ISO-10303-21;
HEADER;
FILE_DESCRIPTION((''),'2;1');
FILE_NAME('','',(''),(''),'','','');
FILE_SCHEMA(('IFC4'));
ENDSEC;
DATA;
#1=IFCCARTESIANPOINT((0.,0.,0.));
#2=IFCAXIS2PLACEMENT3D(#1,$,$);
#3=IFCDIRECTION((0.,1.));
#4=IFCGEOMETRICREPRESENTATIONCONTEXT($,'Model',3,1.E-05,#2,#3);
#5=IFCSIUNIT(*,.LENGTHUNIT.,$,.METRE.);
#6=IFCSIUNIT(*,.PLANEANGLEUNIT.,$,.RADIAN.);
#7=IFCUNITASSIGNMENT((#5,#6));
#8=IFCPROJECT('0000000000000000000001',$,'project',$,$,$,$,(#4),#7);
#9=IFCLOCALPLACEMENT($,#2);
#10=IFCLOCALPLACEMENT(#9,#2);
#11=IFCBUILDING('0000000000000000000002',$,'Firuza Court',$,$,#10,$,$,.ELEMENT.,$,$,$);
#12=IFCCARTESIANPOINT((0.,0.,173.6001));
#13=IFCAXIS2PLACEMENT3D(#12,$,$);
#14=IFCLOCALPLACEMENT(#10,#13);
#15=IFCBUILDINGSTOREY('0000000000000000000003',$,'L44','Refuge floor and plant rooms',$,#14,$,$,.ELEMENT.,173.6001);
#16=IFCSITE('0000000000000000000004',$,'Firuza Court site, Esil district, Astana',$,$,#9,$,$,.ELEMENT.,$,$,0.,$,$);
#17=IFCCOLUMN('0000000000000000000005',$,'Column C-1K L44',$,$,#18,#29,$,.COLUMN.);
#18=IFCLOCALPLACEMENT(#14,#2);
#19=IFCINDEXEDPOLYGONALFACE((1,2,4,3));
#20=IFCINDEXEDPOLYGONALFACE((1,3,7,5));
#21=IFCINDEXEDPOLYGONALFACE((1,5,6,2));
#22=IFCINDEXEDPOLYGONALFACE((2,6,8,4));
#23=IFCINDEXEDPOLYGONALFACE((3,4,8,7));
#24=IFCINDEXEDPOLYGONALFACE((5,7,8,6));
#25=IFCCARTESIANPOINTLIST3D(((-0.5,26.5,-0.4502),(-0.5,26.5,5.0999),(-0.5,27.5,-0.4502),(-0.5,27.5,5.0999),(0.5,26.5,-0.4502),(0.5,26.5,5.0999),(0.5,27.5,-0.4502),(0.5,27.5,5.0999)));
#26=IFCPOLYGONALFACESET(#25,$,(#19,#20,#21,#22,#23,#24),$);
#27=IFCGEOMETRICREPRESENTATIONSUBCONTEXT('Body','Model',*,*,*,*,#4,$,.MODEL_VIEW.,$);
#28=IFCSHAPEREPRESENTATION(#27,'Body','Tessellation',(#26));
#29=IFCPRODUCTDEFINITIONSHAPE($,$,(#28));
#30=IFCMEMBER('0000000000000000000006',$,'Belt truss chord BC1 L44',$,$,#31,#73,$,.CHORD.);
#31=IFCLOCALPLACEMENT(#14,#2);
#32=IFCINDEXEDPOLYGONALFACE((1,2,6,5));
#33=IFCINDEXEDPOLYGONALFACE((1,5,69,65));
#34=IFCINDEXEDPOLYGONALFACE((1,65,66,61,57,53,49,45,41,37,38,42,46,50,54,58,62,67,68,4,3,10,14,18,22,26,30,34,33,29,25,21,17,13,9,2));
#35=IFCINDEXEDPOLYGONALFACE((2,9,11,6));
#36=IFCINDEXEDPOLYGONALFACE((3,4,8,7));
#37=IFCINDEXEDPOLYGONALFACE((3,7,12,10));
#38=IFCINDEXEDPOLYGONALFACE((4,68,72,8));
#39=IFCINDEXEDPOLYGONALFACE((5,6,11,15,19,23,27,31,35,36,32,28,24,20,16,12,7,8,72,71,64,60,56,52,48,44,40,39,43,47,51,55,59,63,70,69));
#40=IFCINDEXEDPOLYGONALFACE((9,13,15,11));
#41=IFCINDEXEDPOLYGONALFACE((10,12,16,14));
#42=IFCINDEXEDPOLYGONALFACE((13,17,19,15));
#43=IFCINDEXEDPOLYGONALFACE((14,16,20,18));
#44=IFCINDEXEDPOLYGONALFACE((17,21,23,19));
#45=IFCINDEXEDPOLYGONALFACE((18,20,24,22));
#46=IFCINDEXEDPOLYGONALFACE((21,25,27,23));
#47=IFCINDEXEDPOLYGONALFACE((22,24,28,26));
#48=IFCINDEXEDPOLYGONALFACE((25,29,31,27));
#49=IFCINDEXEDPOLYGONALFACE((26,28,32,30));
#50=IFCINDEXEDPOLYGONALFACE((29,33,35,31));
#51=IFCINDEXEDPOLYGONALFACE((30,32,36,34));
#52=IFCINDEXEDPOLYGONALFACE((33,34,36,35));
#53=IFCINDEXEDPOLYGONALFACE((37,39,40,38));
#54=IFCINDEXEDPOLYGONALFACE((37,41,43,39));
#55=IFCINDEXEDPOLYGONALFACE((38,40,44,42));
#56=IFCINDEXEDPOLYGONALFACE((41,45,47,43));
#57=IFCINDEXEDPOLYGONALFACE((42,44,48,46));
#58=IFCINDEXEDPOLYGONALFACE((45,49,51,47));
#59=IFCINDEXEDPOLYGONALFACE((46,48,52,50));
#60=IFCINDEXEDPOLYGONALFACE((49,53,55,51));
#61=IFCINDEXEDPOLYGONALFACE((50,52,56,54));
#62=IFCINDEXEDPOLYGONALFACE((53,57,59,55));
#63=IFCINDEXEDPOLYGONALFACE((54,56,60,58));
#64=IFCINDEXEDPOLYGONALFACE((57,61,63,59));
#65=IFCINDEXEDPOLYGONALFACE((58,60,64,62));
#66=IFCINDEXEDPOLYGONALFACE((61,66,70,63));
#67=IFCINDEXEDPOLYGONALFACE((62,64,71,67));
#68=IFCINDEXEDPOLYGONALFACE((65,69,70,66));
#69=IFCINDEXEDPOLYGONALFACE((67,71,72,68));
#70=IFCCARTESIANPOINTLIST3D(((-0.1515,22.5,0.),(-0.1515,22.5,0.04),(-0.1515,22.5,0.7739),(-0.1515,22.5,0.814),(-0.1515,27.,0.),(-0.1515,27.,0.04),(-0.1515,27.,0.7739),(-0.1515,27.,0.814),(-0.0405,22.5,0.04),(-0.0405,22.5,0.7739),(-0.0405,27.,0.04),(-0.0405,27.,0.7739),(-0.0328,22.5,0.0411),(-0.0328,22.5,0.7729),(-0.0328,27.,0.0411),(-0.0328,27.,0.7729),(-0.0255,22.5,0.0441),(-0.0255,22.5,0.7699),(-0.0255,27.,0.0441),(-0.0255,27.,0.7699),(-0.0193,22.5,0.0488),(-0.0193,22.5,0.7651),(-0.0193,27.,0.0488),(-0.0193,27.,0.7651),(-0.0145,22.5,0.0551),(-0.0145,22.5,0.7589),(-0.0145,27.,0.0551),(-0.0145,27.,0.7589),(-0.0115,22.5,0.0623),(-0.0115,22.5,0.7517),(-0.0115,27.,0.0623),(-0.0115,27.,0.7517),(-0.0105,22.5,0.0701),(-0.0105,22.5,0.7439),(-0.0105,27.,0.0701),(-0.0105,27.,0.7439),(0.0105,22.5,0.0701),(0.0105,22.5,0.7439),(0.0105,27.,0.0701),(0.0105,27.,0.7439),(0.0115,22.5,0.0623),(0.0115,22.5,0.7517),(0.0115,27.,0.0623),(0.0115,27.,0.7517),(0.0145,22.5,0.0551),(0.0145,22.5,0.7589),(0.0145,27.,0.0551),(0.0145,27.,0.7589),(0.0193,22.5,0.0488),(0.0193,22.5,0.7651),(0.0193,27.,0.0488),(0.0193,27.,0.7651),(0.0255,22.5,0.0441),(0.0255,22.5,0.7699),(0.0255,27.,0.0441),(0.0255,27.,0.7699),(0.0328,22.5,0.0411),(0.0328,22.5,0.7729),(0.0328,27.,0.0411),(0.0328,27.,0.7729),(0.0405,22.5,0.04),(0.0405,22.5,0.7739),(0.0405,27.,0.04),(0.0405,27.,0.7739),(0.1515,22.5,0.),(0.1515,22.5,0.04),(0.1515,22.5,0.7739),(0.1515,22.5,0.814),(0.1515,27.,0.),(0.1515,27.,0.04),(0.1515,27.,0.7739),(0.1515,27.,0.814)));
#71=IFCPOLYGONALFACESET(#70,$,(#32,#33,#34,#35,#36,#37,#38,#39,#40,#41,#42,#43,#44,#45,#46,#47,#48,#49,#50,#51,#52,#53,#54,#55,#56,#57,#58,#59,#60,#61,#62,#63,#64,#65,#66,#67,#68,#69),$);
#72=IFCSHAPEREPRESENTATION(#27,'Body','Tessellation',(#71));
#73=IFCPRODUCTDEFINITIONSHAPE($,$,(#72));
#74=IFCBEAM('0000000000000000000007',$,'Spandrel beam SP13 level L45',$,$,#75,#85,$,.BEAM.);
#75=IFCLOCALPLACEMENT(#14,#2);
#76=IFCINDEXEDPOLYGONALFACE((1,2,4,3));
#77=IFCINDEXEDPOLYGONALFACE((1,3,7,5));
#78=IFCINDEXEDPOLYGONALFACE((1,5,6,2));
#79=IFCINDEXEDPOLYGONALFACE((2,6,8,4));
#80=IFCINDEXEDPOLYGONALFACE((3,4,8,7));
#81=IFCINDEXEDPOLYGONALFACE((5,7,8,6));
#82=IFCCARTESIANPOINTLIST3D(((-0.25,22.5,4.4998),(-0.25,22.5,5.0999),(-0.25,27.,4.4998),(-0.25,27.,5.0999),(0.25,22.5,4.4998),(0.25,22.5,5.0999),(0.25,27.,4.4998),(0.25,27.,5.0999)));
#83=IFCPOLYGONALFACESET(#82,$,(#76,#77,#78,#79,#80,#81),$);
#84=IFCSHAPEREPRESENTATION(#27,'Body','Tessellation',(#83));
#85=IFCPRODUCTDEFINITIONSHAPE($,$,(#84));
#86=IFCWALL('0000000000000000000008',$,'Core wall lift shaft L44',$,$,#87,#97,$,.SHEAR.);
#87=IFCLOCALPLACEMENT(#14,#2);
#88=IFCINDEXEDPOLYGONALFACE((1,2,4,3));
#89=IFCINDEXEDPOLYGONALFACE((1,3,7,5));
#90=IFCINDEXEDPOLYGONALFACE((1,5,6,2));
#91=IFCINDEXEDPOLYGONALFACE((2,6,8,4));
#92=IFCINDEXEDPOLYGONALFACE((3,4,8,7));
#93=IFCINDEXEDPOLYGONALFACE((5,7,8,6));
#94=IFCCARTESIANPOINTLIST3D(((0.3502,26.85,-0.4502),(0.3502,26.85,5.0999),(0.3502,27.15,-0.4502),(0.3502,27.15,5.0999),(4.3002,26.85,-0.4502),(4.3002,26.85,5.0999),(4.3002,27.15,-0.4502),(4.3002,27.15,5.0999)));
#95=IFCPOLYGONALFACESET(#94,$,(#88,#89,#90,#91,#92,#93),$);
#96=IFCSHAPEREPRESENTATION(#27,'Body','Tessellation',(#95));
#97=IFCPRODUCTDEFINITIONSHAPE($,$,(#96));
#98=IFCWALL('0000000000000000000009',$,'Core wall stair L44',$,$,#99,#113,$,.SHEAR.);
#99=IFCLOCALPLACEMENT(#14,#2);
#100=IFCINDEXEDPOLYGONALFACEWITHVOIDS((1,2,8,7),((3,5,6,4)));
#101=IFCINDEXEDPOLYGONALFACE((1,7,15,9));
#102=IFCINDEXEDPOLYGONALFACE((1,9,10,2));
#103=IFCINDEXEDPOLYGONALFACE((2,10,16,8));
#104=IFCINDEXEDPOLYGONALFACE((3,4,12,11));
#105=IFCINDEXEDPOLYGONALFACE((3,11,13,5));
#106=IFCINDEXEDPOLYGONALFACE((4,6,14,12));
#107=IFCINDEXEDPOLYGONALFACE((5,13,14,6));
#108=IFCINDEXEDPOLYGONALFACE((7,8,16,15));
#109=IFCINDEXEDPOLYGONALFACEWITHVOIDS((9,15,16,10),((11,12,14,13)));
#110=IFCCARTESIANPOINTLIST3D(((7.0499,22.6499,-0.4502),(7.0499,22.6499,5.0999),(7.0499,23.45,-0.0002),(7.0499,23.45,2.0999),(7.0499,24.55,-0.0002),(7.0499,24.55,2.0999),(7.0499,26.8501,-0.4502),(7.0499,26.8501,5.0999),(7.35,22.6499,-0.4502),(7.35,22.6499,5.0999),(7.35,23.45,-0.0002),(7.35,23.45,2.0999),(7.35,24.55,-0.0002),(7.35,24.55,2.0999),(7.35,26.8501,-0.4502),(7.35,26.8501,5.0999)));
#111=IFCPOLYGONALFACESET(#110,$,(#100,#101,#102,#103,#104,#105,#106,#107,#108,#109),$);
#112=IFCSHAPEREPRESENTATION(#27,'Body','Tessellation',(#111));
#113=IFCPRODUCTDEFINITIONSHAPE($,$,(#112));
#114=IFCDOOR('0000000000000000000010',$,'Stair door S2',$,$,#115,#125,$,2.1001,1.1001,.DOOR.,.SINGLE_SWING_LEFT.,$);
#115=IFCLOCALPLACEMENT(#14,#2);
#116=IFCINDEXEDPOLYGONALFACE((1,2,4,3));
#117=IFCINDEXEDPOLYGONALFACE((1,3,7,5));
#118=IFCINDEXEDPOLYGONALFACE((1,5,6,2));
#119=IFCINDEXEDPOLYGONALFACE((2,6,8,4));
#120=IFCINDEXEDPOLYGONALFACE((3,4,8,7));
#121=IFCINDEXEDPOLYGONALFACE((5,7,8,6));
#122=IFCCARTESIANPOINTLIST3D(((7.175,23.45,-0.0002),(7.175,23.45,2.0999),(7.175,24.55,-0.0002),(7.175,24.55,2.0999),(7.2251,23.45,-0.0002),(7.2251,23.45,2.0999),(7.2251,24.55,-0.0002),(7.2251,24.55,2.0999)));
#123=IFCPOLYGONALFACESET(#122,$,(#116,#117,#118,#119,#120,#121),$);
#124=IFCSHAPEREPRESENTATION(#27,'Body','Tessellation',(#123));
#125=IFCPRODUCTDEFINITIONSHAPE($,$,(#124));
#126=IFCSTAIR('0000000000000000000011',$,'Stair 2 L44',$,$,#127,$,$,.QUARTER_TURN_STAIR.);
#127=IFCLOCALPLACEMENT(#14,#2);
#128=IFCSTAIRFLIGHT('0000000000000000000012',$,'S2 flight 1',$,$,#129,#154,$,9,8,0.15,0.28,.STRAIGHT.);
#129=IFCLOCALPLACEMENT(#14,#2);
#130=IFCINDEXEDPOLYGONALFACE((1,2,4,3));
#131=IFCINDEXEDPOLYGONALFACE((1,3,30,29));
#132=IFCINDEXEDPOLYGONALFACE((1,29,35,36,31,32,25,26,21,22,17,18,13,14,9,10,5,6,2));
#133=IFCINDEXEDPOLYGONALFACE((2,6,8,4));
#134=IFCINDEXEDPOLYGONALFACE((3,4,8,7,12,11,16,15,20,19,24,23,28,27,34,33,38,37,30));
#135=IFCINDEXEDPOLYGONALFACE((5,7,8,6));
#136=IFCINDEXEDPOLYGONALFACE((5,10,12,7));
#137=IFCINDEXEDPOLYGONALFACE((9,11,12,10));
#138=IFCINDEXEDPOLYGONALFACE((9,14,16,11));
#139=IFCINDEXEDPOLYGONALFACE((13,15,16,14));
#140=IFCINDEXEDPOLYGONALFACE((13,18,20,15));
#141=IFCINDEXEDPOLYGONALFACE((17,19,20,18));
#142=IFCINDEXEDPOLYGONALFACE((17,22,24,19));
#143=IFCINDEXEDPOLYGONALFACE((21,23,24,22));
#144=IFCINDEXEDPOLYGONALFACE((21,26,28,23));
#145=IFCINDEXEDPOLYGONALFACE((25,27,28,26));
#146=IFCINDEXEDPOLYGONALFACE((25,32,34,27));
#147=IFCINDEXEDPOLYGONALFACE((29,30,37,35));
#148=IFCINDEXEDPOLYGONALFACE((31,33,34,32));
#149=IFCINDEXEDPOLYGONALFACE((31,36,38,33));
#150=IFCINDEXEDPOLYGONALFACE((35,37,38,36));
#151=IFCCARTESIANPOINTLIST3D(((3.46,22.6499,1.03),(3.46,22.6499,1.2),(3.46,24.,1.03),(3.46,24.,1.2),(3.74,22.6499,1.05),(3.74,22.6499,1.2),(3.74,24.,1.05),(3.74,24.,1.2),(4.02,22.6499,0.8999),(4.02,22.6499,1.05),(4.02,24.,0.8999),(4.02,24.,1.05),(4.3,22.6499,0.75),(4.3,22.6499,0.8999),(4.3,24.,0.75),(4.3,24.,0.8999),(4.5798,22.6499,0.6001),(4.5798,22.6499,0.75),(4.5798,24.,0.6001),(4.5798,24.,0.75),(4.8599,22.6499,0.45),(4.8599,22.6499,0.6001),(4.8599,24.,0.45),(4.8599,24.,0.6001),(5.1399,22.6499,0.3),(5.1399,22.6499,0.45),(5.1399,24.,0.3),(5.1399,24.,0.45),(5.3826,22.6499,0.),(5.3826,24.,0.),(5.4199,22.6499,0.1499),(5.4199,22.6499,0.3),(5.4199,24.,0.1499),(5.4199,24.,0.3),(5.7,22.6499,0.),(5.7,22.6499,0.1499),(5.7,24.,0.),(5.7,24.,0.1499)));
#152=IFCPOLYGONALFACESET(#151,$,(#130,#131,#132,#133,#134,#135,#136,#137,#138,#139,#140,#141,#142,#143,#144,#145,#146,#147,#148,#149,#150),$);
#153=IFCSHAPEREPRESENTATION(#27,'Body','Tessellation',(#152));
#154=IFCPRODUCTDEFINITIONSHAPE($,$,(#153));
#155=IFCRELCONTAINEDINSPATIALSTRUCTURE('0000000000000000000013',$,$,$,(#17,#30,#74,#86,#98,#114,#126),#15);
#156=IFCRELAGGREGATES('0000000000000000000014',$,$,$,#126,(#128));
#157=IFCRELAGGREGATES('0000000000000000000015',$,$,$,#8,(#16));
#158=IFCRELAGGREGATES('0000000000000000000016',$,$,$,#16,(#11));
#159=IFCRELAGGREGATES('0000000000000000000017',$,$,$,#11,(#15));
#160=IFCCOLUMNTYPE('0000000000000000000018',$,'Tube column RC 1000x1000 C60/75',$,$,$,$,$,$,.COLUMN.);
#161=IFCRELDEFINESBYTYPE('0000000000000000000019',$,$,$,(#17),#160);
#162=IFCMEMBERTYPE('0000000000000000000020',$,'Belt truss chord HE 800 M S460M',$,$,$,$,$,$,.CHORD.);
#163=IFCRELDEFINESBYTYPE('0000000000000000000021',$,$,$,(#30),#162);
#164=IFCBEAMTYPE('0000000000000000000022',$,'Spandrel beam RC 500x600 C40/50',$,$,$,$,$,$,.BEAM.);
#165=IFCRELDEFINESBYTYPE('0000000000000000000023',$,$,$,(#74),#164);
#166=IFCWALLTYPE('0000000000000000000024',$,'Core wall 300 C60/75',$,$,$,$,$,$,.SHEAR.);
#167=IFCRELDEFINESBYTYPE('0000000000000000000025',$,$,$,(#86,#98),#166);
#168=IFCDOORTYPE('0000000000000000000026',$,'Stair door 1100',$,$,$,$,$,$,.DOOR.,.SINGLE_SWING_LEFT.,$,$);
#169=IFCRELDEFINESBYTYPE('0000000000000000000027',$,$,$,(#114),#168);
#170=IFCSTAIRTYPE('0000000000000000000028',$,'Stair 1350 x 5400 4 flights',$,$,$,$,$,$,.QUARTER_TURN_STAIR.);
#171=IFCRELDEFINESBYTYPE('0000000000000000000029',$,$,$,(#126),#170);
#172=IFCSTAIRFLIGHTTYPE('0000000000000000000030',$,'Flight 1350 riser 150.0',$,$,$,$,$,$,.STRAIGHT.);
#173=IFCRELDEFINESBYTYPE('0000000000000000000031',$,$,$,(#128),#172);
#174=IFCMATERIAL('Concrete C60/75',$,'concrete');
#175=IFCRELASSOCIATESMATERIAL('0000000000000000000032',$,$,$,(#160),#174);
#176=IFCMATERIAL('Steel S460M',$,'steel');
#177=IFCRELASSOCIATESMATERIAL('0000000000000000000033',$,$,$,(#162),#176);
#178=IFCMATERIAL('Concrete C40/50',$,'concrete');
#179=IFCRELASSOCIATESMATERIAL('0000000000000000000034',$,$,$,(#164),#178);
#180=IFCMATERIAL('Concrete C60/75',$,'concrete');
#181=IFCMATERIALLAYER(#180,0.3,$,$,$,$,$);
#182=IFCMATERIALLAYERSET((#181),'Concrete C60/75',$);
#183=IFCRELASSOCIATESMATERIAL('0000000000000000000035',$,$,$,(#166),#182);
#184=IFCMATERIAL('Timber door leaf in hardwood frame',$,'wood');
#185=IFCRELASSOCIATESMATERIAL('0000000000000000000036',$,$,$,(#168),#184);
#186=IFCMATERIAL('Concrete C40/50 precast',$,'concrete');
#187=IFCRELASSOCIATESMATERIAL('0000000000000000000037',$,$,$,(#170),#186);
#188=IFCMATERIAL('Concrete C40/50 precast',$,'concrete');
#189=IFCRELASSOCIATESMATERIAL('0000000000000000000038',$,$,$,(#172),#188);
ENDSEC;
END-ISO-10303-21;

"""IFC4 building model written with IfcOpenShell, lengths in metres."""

from ifc_helpers import new_model, si_unit, direction, frame, frame_2d, origin, origin_2d, place, context, subcontext, project, spatial, polyline, rectangle, i_section, outline, extrude, material, layer, layer_set, material_profile, profile_set, type_object, element, fill, aggregate, save


model = new_model("IFC4")

# Units and contexts
model_context = context("Model", 3, precision=1e-05, world=origin(), true_north=direction((0.0, 1.0)))
body_context = subcontext(model_context, "Body", "Model", "MODEL_VIEW")
ifc_project = project(units=[si_unit("LENGTHUNIT", "METRE"), si_unit("PLANEANGLEUNIT", "RADIAN")], contexts=[model_context])

# Site, building, storey
site_placement = place(None, origin())
site = spatial("IfcSite", under=ifc_project, at=site_placement, Name="Firuza Court site, Esil district, Astana", CompositionType="ELEMENT", RefElevation=0.0)
building_placement = place(site_placement, origin())
building = spatial("IfcBuilding", under=site, at=building_placement, Name="Firuza Court", CompositionType="ELEMENT")
storey_placement = place(building_placement, frame((0.0, 0.0, 173.6001)))
storey = spatial("IfcBuildingStorey", under=building, at=storey_placement, Name="L44", Description="Refuge floor and plant rooms", CompositionType="ELEMENT", Elevation=173.6001)

# Column
ifc_material_1 = material(Name="Concrete C60/75", Category="concrete")
ifc_material_profile_1 = material_profile(ifc_material_1, rectangle(XDim=1.0, YDim=1.0, at=origin_2d()), Name="RC 1000x1000")
ifc_profile_set_1 = profile_set([ifc_material_profile_1], Name="Concrete C60/75")
column_type = type_object("IfcColumnType", Name="Tube column RC 1000x1000 C60/75", PredefinedType="COLUMN", material=ifc_profile_set_1)
column_placement = place(storey_placement, frame((0.0, 27.0, -0.4502), z_axis=(0.0, 0.0, 1.0), x_axis=(1.0, 0.0, 0.0)))
element("IfcColumn", 1, at=column_placement, inside=storey, type_object=column_type, Name="Column C-1K L44", PredefinedType="COLUMN", context=body_context, shape_type="SweptSolid", body=[
    extrude(rectangle(XDim=1.0, YDim=1.0, at=origin_2d()), origin(), (0.0, 0.0, 1.0), 5.55),
])

# Member
ifc_material_2 = material(Name="Steel S460M", Category="steel")
ifc_material_profile_2 = material_profile(ifc_material_2, i_section(OverallWidth=0.303, OverallDepth=0.814, WebThickness=0.021, FlangeThickness=0.04, FilletRadius=0.03, at=origin_2d()), Name="HE 800 M")
ifc_profile_set_2 = profile_set([ifc_material_profile_2], Name="Steel S460M")
member_type = type_object("IfcMemberType", Name="Belt truss chord HE 800 M S460M", PredefinedType="CHORD", material=ifc_profile_set_2)
member_placement = place(storey_placement, frame((0.0, 27.0, 0.407), z_axis=(0.0, -1.0, 0.0), x_axis=(1.0, 0.0, 0.0)))
element("IfcMember", 2, at=member_placement, inside=storey, type_object=member_type, Name="Belt truss chord BC1 L44", PredefinedType="CHORD", context=body_context, shape_type="SweptSolid", body=[
    extrude(i_section(OverallWidth=0.303, OverallDepth=0.814, WebThickness=0.021, FlangeThickness=0.04, FilletRadius=0.03, at=origin_2d()), origin(), (0.0, 0.0, 1.0), 4.5),
])

# Beam
ifc_material_3 = material(Name="Concrete C40/50", Category="concrete")
ifc_material_profile_3 = material_profile(ifc_material_3, rectangle(XDim=0.5, YDim=0.6001, at=origin_2d()), Name="RC 500x600")
ifc_profile_set_3 = profile_set([ifc_material_profile_3], Name="Concrete C40/50")
beam_type = type_object("IfcBeamType", Name="Spandrel beam RC 500x600 C40/50", PredefinedType="BEAM", material=ifc_profile_set_3)
beam_placement = place(storey_placement, frame((0.0, 27.0, 4.7998), z_axis=(0.0, -1.0, 0.0), x_axis=(1.0, 0.0, 0.0)))
element("IfcBeam", 3, at=beam_placement, inside=storey, type_object=beam_type, Name="Spandrel beam SP13 level L45", PredefinedType="BEAM", context=body_context, shape_type="SweptSolid", body=[
    extrude(rectangle(XDim=0.5, YDim=0.6001, at=origin_2d()), origin(), (0.0, 0.0, 1.0), 4.5),
])

# Wall
ifc_material_4 = material(Name="Concrete C60/75", Category="concrete")
ifc_layer = layer(ifc_material_4, 0.3)
ifc_layer_set = layer_set([ifc_layer], Name="Concrete C60/75")
wall_type = type_object("IfcWallType", Name="Core wall 300 C60/75", PredefinedType="SHEAR", material=ifc_layer_set)
wall_1_placement = place(storey_placement, frame((0.3501, 27.0, -0.4502), z_axis=(0.0, 0.0, 1.0), x_axis=(1.0, 0.0, 0.0)))
element("IfcWall", 4, at=wall_1_placement, inside=storey, type_object=wall_type, Name="Core wall lift shaft L44", PredefinedType="SHEAR", context=body_context, shape_type="SweptSolid", body=[
    extrude(rectangle(XDim=3.95, YDim=0.3, at=frame_2d((1.9751, 0.0))), origin(), (0.0, 0.0, 1.0), 5.55),
])

# Wall, opening, door
wall_2_placement = place(storey_placement, frame((7.2, 22.6499, -0.4502), z_axis=(0.0, 0.0, 1.0), x_axis=(0.0, 1.0, 0.0)))
wall_2 = element("IfcWall", 5, at=wall_2_placement, inside=storey, type_object=wall_type, Name="Core wall stair L44", PredefinedType="SHEAR", context=body_context, shape_type="SweptSolid", body=[
    extrude(rectangle(XDim=4.2002, YDim=0.3, at=frame_2d((2.1001, 0.0))), origin(), (0.0, 0.0, 1.0), 5.55),
])
opening_placement = place(wall_2_placement, frame((0.8, 0.0, 0.45)))
opening = element("IfcOpeningElement", 6, at=opening_placement, cuts=wall_2, PredefinedType="OPENING", context=body_context, shape_type="SweptSolid", body=[
    extrude(rectangle(XDim=1.1001, YDim=2.1001, at=frame_2d((0.55, 1.05))), frame((0.0, 0.1621, 0.0), z_axis=(0.0, -1.0, 0.0), x_axis=(1.0, 0.0, 0.0)), (0.0, 0.0, 1.0), 0.324),
])
ifc_material_5 = material(Name="Timber door leaf in hardwood frame", Category="wood")
door_type = type_object("IfcDoorType", Name="Stair door 1100", OperationType="SINGLE_SWING_LEFT", PredefinedType="DOOR", material=ifc_material_5)
door_placement = place(opening_placement, origin())
door = element("IfcDoor", 7, at=door_placement, inside=storey, type_object=door_type, Name="Stair door S2", OperationType="SINGLE_SWING_LEFT", OverallHeight=2.1001, OverallWidth=1.1001, PredefinedType="DOOR", context=body_context, shape_type="SweptSolid", body=[
    extrude(rectangle(XDim=1.1001, YDim=2.1001, at=frame_2d((0.55, 1.05))), frame((0.0, 0.0249, 0.0), z_axis=(0.0, -1.0, 0.0), x_axis=(1.0, 0.0, 0.0)), (0.0, 0.0, 1.0), 0.05),
])
fill(opening, door)

# Stair, stair flight
ifc_material_6 = material(Name="Concrete C40/50 precast", Category="concrete")
stair_type = type_object("IfcStairType", Name="Stair 1350 x 5400 4 flights", PredefinedType="QUARTER_TURN_STAIR", material=ifc_material_6)
stair_placement = place(storey_placement, origin())
stair = element("IfcStair", 8, at=stair_placement, inside=storey, type_object=stair_type, Name="Stair 2 L44", PredefinedType="QUARTER_TURN_STAIR")
ifc_material_7 = material(Name="Concrete C40/50 precast", Category="concrete")
stair_flight_type = type_object("IfcStairFlightType", Name="Flight 1350 riser 150.0", PredefinedType="STRAIGHT", material=ifc_material_7)
stair_flight_1_placement = place(storey_placement, frame((5.7, 23.325, 0.0), z_axis=(0.0, 0.0, 1.0), x_axis=(-1.0, 0.0, 0.0)))
stair_flight_1 = element("IfcStairFlight", 9, at=stair_flight_1_placement, type_object=stair_flight_type, Name="S2 flight 1", NumberOfRisers=9, NumberOfTreads=8, PredefinedType="STRAIGHT", RiserHeight=0.15, TreadLength=0.28, context=body_context, shape_type="SweptSolid", body=[
    extrude(outline(polyline([(0.0, 0.0), (0.0, 0.1499), (0.28, 0.1499), (0.28, 0.3), (0.5601, 0.3), (0.5601, 0.45), (0.8401, 0.45), (0.8401, 0.6001), (1.1201, 0.6001), (1.1201, 0.75), (1.3999, 0.75), (1.3999, 0.8999), (1.6799, 0.8999), (1.6799, 1.05), (1.96, 1.05), (1.96, 1.2), (2.24, 1.2), (2.24, 1.3501), (2.24, 1.03), (0.3174, 0.0), (0.0, 0.0)])), frame((0.0, 0.675, 0.0), z_axis=(0.0, -1.0, 0.0), x_axis=(1.0, 0.0, 0.0)), (0.0, 0.0, 1.0), 1.3501),
])
aggregate(stair, [stair_flight_1])

save(model, "model.ifc")
